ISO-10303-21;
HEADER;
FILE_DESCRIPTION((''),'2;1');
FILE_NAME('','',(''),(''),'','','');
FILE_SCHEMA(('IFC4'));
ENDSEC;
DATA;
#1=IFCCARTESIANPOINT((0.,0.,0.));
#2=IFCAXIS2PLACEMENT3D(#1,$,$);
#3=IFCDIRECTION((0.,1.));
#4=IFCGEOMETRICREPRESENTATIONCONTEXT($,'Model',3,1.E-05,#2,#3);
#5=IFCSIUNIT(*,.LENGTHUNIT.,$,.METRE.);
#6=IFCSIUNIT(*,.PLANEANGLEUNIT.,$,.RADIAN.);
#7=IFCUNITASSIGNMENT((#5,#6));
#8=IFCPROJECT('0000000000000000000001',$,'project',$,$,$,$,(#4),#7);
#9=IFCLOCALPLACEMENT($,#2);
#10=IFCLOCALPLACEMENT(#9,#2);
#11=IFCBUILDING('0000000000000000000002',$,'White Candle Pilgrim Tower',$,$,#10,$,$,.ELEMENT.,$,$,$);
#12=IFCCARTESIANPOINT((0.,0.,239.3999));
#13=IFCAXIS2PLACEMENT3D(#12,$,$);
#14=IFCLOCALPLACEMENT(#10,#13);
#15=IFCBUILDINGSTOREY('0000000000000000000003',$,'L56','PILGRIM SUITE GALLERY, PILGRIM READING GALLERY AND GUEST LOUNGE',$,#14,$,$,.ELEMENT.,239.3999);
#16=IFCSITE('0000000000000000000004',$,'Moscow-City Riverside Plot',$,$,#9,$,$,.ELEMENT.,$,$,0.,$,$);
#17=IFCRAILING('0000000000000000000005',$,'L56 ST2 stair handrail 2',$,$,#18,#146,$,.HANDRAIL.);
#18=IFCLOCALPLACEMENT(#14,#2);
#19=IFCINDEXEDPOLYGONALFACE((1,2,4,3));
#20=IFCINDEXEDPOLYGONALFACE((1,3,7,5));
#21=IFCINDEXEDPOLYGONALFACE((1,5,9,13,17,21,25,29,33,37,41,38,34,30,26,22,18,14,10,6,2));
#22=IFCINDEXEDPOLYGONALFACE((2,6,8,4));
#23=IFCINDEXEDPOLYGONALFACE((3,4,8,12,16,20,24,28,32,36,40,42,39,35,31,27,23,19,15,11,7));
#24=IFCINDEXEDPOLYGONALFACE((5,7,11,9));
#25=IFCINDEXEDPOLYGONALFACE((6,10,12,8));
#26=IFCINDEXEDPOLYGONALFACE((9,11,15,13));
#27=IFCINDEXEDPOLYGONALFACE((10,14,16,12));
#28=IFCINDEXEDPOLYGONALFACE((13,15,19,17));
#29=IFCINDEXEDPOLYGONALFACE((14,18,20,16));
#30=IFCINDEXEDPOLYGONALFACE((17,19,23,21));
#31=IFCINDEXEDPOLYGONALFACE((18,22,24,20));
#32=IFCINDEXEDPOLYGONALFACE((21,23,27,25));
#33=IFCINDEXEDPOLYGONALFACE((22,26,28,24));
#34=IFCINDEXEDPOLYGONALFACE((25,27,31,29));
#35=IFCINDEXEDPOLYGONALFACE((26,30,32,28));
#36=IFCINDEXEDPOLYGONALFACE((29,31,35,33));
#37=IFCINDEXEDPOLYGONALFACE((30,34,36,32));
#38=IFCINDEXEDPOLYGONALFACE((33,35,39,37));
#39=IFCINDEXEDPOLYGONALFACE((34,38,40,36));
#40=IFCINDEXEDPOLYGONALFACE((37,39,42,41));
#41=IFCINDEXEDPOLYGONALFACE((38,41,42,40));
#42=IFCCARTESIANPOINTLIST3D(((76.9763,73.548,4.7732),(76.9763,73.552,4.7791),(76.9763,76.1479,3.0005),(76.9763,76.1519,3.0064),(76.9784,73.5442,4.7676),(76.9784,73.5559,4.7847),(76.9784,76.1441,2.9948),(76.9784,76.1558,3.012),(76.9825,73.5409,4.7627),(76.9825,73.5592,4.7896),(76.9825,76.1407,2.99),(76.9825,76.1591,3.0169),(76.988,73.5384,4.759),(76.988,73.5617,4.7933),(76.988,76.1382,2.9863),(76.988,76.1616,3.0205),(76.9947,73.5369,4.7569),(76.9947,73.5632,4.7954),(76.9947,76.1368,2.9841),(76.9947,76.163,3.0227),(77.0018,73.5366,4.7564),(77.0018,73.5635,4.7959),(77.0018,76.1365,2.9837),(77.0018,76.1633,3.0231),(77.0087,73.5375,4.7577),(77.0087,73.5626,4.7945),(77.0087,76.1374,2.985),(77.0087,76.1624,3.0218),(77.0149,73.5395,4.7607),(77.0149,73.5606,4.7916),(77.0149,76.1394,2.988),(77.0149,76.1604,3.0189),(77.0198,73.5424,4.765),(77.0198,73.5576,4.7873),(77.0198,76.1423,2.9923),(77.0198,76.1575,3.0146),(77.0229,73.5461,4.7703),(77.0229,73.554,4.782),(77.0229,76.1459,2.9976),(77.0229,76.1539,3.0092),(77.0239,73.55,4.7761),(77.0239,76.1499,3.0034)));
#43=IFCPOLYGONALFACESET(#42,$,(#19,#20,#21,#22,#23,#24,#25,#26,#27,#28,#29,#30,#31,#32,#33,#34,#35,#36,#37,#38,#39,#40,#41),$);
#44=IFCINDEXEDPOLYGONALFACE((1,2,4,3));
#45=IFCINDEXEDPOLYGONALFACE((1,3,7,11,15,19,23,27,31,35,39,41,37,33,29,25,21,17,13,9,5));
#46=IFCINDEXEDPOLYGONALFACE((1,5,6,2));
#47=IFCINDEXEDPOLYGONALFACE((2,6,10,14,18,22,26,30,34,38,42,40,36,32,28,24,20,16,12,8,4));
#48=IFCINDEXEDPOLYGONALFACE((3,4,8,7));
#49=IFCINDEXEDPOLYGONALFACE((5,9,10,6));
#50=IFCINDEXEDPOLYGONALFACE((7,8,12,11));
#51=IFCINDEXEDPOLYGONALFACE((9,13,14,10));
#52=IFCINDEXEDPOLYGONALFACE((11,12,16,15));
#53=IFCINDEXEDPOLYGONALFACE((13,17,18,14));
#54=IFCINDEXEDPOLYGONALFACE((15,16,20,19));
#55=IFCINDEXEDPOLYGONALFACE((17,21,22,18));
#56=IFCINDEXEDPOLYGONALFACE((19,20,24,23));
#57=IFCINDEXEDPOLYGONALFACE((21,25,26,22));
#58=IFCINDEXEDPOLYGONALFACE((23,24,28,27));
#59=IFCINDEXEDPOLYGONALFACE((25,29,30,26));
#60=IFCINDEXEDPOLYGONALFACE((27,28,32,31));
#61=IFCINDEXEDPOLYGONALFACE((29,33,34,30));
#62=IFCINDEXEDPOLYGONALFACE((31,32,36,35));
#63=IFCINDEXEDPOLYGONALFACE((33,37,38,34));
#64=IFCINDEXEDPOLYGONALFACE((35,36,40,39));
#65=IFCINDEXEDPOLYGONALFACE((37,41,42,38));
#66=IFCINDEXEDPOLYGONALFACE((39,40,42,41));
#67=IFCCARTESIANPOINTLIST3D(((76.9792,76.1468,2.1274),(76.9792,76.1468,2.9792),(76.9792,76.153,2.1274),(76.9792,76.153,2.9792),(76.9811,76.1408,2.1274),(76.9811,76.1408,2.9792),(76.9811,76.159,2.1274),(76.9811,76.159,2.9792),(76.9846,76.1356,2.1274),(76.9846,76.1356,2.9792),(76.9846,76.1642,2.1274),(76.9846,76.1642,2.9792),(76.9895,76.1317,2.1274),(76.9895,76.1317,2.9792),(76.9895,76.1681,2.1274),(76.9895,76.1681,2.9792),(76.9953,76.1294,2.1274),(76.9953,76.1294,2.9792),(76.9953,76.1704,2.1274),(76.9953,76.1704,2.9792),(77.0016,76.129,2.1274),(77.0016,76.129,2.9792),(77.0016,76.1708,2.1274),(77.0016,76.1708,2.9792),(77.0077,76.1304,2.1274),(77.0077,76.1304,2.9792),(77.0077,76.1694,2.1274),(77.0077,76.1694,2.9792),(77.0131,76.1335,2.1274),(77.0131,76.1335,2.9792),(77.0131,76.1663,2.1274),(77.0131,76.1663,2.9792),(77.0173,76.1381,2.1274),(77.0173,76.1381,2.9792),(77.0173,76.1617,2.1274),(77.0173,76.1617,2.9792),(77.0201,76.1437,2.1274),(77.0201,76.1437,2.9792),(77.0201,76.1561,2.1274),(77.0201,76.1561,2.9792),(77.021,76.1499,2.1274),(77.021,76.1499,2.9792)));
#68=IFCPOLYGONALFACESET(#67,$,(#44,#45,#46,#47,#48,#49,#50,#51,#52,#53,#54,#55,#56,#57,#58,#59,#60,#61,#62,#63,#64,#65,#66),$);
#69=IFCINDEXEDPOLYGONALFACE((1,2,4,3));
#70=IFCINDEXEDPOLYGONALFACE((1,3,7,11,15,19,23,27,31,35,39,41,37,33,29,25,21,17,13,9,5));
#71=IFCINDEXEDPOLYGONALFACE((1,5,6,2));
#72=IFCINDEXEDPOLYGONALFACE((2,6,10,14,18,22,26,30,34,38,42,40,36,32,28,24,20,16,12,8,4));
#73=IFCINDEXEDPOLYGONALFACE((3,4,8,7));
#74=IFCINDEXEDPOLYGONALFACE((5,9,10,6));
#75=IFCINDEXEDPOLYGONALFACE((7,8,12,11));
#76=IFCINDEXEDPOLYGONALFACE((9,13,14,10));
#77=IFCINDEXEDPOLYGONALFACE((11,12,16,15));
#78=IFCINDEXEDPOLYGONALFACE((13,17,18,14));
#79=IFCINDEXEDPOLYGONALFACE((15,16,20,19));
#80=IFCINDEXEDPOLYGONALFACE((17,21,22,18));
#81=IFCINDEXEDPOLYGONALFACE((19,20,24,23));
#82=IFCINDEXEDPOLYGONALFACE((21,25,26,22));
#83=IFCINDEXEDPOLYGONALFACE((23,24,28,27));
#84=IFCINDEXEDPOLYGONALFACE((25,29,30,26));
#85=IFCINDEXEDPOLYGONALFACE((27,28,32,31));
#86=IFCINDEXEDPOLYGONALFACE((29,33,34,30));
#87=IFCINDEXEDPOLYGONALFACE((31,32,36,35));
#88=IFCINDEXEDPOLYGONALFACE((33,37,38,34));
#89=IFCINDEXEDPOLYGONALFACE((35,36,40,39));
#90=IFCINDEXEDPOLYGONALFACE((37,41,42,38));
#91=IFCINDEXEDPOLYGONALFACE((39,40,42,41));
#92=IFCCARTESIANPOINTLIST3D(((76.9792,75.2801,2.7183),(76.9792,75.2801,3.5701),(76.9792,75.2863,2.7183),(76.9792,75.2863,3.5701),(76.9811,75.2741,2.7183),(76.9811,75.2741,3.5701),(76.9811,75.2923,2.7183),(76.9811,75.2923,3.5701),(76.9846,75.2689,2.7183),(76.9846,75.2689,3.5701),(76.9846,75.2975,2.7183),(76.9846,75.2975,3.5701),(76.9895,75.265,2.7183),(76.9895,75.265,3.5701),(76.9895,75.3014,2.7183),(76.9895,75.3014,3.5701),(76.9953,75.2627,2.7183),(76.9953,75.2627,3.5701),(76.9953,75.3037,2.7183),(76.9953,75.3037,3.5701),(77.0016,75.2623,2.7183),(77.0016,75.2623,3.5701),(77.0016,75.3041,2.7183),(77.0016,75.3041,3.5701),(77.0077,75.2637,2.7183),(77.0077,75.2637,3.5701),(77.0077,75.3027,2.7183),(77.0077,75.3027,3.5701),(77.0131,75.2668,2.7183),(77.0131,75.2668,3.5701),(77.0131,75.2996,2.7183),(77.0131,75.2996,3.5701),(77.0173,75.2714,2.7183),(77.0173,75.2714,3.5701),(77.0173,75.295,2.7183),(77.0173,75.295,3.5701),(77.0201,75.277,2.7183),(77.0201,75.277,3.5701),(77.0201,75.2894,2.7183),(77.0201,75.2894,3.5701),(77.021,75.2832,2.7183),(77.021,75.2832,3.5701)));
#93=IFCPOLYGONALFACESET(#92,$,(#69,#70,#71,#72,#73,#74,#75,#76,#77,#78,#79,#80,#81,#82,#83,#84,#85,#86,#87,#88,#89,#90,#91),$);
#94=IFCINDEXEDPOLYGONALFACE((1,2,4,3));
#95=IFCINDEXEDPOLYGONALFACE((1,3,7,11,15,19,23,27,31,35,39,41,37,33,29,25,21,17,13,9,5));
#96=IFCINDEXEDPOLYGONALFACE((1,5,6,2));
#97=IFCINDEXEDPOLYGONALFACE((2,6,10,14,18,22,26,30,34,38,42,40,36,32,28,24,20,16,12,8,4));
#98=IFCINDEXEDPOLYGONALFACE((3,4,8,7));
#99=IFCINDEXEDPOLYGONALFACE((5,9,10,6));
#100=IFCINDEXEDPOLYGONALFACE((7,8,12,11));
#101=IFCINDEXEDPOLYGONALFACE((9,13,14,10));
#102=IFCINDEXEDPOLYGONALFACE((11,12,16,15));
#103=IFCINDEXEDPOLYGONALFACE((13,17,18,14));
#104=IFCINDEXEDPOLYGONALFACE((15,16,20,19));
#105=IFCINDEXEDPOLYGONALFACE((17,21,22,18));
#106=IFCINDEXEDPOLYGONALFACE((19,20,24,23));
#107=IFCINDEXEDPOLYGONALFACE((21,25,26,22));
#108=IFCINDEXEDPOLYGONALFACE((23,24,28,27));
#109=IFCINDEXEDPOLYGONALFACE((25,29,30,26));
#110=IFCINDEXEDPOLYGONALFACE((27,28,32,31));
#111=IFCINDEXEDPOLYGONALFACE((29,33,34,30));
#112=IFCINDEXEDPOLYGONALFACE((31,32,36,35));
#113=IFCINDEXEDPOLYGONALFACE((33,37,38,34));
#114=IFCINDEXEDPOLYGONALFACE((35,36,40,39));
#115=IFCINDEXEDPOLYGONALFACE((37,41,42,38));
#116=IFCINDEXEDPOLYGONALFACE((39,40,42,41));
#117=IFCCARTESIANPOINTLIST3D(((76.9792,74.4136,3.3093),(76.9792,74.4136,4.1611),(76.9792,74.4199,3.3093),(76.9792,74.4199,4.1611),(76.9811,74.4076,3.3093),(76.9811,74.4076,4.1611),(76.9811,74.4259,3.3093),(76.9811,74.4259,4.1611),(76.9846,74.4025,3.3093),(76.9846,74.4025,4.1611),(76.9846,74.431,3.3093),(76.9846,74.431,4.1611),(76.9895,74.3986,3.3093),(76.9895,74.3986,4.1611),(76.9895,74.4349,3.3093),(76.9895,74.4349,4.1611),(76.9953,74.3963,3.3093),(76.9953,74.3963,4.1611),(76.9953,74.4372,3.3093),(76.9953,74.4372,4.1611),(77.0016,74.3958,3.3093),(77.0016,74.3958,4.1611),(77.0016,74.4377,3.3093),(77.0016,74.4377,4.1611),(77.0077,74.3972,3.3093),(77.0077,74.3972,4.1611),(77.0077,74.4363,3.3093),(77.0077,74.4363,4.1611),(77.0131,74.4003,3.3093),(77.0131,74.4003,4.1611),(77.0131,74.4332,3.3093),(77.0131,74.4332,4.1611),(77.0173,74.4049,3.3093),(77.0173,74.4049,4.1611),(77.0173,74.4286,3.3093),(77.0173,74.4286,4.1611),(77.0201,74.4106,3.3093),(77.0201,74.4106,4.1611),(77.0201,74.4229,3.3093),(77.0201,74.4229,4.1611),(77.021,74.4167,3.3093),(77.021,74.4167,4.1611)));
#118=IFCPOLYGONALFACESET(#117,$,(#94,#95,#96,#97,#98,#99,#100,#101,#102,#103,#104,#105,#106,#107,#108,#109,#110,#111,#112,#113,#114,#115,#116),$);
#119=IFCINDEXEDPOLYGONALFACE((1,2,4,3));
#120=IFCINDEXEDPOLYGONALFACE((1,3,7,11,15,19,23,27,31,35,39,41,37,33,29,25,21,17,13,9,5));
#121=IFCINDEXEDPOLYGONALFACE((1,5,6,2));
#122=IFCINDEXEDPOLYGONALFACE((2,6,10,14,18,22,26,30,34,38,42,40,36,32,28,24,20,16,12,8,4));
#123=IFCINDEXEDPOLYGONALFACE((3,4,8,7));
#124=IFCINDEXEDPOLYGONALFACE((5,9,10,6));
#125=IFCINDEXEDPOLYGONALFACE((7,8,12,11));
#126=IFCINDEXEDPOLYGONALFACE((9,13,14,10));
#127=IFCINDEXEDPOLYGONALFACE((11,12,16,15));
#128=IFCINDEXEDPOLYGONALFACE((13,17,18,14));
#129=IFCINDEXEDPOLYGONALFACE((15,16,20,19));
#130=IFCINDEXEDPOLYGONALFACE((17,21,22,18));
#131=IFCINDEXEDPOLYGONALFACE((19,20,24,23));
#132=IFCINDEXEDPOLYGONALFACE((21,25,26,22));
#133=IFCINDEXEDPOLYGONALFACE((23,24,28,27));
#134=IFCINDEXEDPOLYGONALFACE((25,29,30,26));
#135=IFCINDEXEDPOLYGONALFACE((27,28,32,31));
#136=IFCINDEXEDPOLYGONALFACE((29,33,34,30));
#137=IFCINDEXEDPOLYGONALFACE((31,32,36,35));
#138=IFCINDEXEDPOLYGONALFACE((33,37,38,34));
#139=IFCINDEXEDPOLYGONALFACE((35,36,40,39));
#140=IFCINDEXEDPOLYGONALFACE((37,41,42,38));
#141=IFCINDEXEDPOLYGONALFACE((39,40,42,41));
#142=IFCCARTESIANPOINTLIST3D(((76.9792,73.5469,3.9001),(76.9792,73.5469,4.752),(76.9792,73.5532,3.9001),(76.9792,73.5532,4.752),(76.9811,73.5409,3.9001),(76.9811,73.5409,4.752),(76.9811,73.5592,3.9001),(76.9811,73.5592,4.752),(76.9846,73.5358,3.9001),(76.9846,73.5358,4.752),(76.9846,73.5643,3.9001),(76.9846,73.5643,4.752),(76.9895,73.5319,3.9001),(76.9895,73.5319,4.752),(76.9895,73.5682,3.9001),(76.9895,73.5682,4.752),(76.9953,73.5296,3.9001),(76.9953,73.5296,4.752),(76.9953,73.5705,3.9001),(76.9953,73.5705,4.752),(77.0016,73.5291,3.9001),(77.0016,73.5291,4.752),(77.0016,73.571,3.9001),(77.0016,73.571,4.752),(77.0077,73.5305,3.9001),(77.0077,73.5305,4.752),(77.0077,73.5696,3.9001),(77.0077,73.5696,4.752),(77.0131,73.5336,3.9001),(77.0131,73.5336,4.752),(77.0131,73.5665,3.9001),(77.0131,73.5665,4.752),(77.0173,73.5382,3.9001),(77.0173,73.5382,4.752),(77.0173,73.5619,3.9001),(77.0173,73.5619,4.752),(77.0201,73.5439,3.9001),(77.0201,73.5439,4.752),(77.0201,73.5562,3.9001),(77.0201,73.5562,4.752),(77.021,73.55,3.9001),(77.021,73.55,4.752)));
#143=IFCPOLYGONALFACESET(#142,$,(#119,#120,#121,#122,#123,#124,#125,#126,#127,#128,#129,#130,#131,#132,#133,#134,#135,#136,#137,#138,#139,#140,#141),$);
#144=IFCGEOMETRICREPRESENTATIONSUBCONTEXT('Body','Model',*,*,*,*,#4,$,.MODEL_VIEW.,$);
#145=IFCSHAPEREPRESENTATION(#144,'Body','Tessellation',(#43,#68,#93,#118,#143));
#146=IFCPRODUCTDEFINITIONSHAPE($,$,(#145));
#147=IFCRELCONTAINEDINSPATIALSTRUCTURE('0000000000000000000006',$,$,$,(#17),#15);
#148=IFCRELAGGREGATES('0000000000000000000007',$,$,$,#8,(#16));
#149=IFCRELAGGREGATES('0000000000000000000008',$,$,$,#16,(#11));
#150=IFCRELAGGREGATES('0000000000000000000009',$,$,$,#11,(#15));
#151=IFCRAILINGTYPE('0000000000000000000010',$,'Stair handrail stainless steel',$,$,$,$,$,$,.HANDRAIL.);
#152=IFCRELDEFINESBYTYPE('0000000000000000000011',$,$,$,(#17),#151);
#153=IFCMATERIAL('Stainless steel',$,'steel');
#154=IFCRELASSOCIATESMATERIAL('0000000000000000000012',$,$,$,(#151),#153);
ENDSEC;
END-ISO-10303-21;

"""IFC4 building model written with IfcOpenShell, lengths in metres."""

from ifc_helpers import new_model, si_unit, direction, frame, origin, origin_2d, place, context, subcontext, project, spatial, circle, extrude, material, type_object, element, save


model = new_model("IFC4")

# Units and contexts
model_context = context("Model", 3, precision=1e-05, world=origin(), true_north=direction((0.0, 1.0)))
body_context = subcontext(model_context, "Body", "Model", "MODEL_VIEW")
ifc_project = project(units=[si_unit("LENGTHUNIT", "METRE"), si_unit("PLANEANGLEUNIT", "RADIAN")], contexts=[model_context])

# Site, building, storey
site_placement = place(None, origin())
site = spatial("IfcSite", under=ifc_project, at=site_placement, Name="Moscow-City Riverside Plot", CompositionType="ELEMENT", RefElevation=0.0)
building_placement = place(site_placement, origin())
building = spatial("IfcBuilding", under=site, at=building_placement, Name="White Candle Pilgrim Tower", CompositionType="ELEMENT")
storey_placement = place(building_placement, frame((0.0, 0.0, 239.3999)))
storey = spatial("IfcBuildingStorey", under=building, at=storey_placement, Name="L56", Description="PILGRIM SUITE GALLERY, PILGRIM READING GALLERY AND GUEST LOUNGE", CompositionType="ELEMENT", Elevation=239.3999)

# Railing
ifc_material_1 = material(Name="Stainless steel", Category="steel")
railing_type_1 = type_object("IfcRailingType", Name="Stair handrail stainless steel", PredefinedType="HANDRAIL", material=ifc_material_1)
railing_1_placement = place(storey_placement, frame((77.0, 76.1499, 2.1274)))
element("IfcRailing", 1, at=railing_1_placement, inside=storey, type_object=railing_type_1, Name="L56 ST2 stair handrail 2", PredefinedType="HANDRAIL", context=body_context, shape_type="SweptSolid", body=[
    extrude(circle(Radius=0.0239, at=origin_2d()), frame((0.0, 0.0, 0.876), z_axis=(0.0, -0.826216, 0.563354), x_axis=(1.0, 0.0, 0.0)), (0.0, 0.0, 1.0), 3.1467),
    extrude(circle(Radius=0.021, at=origin_2d()), origin(), (0.0, 0.0, 1.0), 0.8518),
    extrude(circle(Radius=0.021, at=origin_2d()), frame((0.0, -0.8667, 0.5908)), (0.0, 0.0, 1.0), 0.8518),
    extrude(circle(Radius=0.021, at=origin_2d()), frame((0.0, -1.7332, 1.1819)), (0.0, 0.0, 1.0), 0.8518),
    extrude(circle(Radius=0.021, at=origin_2d()), frame((0.0, -2.5999, 1.7727)), (0.0, 0.0, 1.0), 0.8518),
])

save(model, "model.ifc")
